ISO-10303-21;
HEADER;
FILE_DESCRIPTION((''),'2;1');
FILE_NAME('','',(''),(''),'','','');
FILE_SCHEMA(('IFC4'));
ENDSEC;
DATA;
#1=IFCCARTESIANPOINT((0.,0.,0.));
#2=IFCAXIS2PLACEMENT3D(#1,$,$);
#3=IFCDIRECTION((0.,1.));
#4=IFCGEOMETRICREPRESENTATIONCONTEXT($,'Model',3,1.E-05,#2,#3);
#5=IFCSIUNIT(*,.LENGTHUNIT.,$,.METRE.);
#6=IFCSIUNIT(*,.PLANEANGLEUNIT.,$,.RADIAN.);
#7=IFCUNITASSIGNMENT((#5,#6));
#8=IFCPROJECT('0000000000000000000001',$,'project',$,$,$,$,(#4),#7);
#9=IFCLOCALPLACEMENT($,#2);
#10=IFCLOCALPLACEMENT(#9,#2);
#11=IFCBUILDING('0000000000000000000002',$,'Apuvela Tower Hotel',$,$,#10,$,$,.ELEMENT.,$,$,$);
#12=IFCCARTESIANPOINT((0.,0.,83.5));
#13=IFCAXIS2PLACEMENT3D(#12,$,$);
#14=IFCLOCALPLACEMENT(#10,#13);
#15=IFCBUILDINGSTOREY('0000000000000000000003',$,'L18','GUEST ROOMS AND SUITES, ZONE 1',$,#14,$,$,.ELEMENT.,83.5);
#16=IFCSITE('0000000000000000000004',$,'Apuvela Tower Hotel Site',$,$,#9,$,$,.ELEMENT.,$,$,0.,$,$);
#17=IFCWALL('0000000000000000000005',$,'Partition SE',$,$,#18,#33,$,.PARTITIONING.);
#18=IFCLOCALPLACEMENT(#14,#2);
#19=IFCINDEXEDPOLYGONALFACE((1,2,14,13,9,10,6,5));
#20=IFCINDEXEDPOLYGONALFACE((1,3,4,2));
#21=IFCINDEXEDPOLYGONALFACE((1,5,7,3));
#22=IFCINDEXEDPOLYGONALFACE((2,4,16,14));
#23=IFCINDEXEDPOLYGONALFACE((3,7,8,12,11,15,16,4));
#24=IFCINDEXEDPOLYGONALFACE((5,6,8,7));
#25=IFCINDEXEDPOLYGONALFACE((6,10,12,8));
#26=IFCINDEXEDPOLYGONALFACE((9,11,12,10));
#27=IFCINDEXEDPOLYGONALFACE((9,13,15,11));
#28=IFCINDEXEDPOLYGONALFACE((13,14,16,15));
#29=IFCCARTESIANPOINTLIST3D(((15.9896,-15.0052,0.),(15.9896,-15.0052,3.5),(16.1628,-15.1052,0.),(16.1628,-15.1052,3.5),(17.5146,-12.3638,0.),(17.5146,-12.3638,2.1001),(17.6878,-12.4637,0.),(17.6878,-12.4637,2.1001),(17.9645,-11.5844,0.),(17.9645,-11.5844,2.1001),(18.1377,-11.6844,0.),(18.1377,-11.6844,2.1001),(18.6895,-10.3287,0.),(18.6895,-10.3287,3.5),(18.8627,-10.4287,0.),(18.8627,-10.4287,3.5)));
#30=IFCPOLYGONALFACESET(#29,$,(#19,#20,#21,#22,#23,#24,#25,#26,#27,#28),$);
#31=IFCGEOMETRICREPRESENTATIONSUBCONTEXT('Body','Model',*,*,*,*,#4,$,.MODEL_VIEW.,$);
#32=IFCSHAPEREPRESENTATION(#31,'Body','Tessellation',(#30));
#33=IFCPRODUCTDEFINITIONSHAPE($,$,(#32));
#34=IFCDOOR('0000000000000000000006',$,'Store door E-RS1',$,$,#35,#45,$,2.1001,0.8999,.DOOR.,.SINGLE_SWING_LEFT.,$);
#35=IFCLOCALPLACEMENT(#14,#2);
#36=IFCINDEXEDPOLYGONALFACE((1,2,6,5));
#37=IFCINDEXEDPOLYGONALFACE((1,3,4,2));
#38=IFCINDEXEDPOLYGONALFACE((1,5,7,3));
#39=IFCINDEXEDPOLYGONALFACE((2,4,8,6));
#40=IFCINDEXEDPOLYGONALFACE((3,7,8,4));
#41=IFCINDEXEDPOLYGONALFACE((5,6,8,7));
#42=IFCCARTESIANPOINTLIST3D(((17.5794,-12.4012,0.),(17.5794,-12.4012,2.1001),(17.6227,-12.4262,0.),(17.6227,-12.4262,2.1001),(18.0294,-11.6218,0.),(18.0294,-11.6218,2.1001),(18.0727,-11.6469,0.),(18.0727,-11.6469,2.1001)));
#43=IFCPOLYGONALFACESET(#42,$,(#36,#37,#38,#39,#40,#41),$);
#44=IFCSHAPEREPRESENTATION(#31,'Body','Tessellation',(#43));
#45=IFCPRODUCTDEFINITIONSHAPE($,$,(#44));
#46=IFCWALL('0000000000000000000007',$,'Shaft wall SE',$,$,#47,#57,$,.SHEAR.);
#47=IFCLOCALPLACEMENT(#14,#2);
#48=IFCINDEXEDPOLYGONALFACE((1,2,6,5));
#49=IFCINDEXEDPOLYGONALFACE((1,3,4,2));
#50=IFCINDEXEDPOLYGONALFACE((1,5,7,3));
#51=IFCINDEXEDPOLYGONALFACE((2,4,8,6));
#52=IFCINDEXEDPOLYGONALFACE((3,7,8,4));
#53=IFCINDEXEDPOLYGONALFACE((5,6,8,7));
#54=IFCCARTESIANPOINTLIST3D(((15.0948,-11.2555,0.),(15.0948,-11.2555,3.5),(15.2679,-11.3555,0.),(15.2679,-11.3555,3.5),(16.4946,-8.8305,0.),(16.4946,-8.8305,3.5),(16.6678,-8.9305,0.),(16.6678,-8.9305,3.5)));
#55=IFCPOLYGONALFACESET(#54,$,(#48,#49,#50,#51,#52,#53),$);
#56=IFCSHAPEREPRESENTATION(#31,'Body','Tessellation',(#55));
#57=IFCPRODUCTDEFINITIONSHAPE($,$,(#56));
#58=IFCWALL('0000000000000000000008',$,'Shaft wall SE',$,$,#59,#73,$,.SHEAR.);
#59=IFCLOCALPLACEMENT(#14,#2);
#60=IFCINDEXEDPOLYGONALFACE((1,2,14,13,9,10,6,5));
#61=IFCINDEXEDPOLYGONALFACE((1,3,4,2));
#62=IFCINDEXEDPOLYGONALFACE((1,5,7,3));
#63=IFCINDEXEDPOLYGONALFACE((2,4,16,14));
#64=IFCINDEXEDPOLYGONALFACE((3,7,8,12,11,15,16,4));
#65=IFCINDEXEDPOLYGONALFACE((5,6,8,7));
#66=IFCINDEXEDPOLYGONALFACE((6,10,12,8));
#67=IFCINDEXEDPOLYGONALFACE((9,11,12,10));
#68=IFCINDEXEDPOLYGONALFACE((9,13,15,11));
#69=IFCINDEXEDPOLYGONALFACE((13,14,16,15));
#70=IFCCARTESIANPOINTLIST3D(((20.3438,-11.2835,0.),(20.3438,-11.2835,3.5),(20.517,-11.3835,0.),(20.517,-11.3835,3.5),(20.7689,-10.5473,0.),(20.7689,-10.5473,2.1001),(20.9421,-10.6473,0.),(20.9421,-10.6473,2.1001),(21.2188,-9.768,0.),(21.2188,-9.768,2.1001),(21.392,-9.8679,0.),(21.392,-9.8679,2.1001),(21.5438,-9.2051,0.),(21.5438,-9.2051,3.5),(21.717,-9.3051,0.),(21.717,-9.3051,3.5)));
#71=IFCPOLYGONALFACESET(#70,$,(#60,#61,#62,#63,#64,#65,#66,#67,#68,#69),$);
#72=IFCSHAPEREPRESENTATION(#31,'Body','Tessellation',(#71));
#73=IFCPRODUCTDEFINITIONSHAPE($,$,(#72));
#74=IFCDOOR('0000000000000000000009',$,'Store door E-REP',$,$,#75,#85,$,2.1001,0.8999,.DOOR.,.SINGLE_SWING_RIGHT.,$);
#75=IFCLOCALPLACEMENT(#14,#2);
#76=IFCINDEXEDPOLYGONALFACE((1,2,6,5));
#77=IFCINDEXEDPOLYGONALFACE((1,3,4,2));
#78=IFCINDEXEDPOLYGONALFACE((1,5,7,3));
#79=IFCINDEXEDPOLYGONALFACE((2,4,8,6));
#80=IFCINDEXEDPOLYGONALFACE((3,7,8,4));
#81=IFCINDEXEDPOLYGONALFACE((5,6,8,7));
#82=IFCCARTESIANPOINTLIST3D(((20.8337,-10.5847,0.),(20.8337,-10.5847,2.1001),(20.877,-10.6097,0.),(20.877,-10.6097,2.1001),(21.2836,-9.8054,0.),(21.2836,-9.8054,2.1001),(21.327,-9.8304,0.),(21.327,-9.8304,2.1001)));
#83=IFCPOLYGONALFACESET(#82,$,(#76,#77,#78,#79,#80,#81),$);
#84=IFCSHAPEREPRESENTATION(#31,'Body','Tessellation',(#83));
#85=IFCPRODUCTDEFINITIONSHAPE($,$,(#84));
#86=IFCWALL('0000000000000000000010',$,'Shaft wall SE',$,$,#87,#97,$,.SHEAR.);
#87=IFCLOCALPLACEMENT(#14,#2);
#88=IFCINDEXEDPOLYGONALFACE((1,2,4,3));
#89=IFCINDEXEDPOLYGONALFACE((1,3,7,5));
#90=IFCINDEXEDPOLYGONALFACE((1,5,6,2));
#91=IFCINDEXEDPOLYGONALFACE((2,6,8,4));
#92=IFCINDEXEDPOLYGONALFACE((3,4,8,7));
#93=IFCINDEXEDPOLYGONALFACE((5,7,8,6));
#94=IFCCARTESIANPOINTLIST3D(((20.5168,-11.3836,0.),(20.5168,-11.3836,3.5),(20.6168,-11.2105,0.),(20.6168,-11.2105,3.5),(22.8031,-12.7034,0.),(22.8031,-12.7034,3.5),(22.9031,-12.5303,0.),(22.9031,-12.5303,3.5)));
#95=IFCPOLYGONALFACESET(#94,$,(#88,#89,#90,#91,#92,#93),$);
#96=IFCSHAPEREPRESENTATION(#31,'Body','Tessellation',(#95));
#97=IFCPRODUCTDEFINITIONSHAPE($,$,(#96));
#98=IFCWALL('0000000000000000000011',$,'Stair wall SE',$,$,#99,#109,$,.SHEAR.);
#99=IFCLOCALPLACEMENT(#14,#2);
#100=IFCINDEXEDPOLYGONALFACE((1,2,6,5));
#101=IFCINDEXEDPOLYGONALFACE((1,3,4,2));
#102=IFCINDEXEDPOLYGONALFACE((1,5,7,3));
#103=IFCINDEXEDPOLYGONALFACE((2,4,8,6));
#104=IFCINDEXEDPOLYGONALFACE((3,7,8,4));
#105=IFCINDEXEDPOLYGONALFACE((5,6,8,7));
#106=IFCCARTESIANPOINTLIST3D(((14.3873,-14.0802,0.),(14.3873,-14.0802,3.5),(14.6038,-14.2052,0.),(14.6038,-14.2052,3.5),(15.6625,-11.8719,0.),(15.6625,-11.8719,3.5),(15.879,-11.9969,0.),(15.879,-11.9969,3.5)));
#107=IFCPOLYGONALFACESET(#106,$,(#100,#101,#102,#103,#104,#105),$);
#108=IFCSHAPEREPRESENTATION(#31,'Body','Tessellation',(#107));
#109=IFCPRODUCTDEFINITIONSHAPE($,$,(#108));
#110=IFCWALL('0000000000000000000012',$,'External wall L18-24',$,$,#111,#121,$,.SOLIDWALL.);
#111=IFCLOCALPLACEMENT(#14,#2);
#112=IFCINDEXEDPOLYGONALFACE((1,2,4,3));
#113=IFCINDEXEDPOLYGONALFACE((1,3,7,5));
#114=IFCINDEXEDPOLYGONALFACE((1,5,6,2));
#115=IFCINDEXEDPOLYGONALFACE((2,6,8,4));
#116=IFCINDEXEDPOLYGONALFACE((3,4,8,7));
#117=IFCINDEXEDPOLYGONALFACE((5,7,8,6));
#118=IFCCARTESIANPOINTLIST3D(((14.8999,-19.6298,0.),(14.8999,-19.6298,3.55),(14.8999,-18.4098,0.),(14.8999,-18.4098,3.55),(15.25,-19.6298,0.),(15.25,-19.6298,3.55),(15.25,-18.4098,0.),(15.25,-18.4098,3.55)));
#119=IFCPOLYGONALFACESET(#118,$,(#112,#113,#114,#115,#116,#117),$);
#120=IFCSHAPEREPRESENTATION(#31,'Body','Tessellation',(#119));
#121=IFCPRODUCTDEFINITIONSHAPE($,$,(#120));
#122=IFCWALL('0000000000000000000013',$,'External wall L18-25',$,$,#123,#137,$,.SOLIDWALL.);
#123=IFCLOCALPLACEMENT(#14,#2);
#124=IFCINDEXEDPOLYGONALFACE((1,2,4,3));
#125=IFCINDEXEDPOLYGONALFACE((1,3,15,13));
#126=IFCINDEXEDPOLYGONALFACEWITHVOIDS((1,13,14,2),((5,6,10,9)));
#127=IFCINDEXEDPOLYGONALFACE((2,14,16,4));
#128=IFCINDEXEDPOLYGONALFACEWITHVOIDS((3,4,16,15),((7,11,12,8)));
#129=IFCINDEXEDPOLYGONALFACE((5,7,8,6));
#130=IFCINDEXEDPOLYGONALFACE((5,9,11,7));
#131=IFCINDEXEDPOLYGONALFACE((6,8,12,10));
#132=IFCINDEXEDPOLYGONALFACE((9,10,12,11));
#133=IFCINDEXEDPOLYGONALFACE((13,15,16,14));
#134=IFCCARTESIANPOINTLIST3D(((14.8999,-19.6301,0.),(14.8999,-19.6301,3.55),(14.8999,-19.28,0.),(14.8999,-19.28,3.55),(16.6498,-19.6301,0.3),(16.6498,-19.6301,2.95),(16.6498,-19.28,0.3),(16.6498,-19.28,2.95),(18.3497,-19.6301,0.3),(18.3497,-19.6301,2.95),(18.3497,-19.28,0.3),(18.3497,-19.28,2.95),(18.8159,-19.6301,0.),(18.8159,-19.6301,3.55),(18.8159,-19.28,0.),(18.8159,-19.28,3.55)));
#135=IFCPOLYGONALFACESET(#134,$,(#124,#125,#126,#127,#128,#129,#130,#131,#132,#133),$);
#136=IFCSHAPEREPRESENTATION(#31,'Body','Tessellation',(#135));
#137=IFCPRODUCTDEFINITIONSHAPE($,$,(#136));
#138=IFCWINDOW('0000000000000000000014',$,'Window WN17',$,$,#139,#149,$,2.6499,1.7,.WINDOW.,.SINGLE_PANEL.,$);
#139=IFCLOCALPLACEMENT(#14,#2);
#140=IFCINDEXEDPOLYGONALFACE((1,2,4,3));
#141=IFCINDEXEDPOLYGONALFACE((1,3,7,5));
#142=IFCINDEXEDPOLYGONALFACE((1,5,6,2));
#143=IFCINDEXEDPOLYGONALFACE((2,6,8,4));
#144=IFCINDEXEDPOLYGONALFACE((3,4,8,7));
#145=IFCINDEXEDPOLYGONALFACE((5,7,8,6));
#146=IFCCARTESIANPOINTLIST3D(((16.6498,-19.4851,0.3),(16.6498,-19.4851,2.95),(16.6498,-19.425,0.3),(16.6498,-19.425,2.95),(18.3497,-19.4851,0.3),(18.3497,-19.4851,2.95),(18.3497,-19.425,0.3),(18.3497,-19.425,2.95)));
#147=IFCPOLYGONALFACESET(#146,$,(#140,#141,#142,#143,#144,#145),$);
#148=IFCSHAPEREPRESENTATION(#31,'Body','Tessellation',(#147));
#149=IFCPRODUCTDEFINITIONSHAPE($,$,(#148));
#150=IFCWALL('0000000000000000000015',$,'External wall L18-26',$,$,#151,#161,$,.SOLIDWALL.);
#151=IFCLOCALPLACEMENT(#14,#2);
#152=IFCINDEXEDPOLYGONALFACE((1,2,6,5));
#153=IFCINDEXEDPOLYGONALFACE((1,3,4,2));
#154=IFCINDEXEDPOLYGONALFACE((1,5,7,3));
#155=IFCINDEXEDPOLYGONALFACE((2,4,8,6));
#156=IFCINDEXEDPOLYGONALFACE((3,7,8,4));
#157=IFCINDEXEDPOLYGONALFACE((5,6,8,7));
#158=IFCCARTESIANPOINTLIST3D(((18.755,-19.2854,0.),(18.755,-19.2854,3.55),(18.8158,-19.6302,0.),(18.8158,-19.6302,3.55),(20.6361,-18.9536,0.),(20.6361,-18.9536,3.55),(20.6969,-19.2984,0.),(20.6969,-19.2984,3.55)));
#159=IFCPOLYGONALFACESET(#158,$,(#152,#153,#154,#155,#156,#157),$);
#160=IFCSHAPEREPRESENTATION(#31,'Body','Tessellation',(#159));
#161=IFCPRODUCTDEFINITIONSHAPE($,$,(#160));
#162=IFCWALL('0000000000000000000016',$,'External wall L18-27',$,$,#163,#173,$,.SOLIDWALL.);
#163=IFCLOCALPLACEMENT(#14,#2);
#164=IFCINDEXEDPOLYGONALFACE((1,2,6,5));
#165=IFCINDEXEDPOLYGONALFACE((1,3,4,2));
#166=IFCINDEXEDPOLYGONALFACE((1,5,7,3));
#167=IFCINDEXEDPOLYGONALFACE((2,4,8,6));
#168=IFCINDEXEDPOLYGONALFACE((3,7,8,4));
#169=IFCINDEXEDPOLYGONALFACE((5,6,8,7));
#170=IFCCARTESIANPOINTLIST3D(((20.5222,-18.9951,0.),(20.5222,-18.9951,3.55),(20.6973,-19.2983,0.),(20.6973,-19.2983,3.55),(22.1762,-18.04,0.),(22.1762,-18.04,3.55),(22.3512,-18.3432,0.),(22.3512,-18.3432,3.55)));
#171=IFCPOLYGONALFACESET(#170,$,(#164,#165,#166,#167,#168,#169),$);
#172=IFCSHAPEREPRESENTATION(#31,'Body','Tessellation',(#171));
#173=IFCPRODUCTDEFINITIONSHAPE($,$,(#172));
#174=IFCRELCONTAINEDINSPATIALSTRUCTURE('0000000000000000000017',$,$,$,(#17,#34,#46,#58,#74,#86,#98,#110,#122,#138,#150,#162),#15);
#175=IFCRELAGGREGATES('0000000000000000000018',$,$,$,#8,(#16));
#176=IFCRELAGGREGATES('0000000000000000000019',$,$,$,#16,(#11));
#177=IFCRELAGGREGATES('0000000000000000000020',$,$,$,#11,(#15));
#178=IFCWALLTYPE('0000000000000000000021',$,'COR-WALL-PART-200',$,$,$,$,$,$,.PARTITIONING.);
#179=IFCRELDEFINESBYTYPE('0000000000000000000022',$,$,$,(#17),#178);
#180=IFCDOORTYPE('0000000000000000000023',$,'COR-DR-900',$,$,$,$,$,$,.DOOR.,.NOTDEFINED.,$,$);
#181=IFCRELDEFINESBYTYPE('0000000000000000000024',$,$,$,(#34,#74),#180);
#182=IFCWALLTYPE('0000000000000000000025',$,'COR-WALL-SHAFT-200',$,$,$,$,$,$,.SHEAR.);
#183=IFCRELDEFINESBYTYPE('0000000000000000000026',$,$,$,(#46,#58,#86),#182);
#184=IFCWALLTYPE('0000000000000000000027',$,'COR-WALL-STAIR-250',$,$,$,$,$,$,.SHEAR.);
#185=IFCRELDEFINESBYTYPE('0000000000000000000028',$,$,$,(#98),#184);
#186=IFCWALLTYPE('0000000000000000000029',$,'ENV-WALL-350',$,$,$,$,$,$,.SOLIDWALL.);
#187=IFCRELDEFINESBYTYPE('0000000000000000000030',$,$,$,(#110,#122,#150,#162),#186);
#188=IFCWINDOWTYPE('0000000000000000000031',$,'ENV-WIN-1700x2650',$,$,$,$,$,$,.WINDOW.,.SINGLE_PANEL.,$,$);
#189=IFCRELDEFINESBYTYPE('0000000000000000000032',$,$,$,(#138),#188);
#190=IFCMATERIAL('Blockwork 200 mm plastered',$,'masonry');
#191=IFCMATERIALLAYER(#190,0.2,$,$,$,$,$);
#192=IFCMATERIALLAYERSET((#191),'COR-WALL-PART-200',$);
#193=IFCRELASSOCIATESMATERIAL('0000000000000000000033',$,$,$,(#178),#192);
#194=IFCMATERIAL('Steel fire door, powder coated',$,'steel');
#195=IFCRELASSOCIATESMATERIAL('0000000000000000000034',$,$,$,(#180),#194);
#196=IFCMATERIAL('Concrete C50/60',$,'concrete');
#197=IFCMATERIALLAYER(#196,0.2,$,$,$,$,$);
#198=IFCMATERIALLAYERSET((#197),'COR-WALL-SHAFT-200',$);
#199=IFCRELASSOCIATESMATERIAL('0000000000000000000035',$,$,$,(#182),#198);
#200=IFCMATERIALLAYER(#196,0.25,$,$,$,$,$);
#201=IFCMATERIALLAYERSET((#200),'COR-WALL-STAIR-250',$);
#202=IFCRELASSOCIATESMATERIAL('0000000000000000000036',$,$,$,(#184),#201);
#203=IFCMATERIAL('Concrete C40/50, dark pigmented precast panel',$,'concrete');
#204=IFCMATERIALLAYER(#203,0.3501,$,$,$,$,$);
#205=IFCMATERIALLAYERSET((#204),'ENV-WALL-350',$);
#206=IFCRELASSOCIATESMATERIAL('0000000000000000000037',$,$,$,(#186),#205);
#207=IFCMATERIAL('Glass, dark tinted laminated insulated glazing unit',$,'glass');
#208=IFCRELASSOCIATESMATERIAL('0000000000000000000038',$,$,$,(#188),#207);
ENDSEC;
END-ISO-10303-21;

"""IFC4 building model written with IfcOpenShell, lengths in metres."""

from ifc_helpers import new_model, si_unit, direction, frame, frame_2d, origin, place, context, subcontext, project, spatial, rectangle, extrude, material, layer, layer_set, type_object, element, fill, save


model = new_model("IFC4")

# Units and contexts
model_context = context("Model", 3, precision=1e-05, world=origin(), true_north=direction((0.0, 1.0)))
body_context = subcontext(model_context, "Body", "Model", "MODEL_VIEW")
ifc_project = project(units=[si_unit("LENGTHUNIT", "METRE"), si_unit("PLANEANGLEUNIT", "RADIAN")], contexts=[model_context])

# Site, building, storey
site_placement = place(None, origin())
site = spatial("IfcSite", under=ifc_project, at=site_placement, Name="Apuvela Tower Hotel Site", CompositionType="ELEMENT", RefElevation=0.0)
building_placement = place(site_placement, origin())
building = spatial("IfcBuilding", under=site, at=building_placement, Name="Apuvela Tower Hotel", CompositionType="ELEMENT")
storey_placement = place(building_placement, frame((0.0, 0.0, 83.5)))
storey = spatial("IfcBuildingStorey", under=building, at=storey_placement, Name="L18", Description="GUEST ROOMS AND SUITES, ZONE 1", CompositionType="ELEMENT", Elevation=83.5)

# Wall, opening, door
ifc_material_1 = material(Name="Blockwork 200 mm plastered", Category="masonry")
ifc_layer_1 = layer(ifc_material_1, 0.2)
ifc_layer_set_1 = layer_set([ifc_layer_1], Name="COR-WALL-PART-200")
wall_type_1 = type_object("IfcWallType", Name="COR-WALL-PART-200", PredefinedType="PARTITIONING", material=ifc_layer_set_1)
wall_1_placement = place(storey_placement, frame((16.0762, -15.0552, 0.0), z_axis=(0.0, 0.0, 1.0), x_axis=(0.499995, 0.866028, 0.0)))
wall_1 = element("IfcWall", 1, at=wall_1_placement, inside=storey, type_object=wall_type_1, Name="Partition SE", PredefinedType="PARTITIONING", context=body_context, shape_type="SweptSolid", body=[
    extrude(rectangle(XDim=5.3999, YDim=0.2, at=frame_2d((2.7, 0.0))), origin(), (0.0, 0.0, 1.0), 3.5),
])
opening_1_placement = place(wall_1_placement, frame((3.05, 0.0, 0.0)))
opening_1 = element("IfcOpeningElement", 2, at=opening_1_placement, cuts=wall_1, PredefinedType="OPENING", context=body_context, shape_type="SweptSolid", body=[
    extrude(rectangle(XDim=0.8999, YDim=2.1001, at=frame_2d((0.45, 1.05))), frame((0.0, 0.1099, 0.0), z_axis=(0.0, -1.0, 0.0), x_axis=(1.0, 0.0, 0.0)), (0.0, 0.0, 1.0), 0.22),
])
ifc_material_2 = material(Name="Steel fire door, powder coated", Category="steel")
door_type_1 = type_object("IfcDoorType", Name="COR-DR-900", OperationType="NOTDEFINED", PredefinedType="DOOR", material=ifc_material_2)
door_1_placement = place(opening_1_placement, frame((0.8999, 0.0, 0.0), z_axis=(0.0, 0.0, 1.0), x_axis=(-1.0, 0.0, 0.0)))
door_1 = element("IfcDoor", 3, at=door_1_placement, inside=storey, type_object=door_type_1, Name="Store door E-RS1", OperationType="SINGLE_SWING_LEFT", OverallHeight=2.1001, OverallWidth=0.8999, PredefinedType="DOOR", context=body_context, shape_type="SweptSolid", body=[
    extrude(rectangle(XDim=0.8999, YDim=2.1001, at=frame_2d((0.45, 1.05))), frame((0.0, 0.0249, 0.0), z_axis=(0.0, -1.0, 0.0), x_axis=(1.0, 0.0, 0.0)), (0.0, 0.0, 1.0), 0.05),
])
fill(opening_1, door_1)

# Wall
ifc_material_3 = material(Name="Concrete C50/60", Category="concrete")
ifc_layer_2 = layer(ifc_material_3, 0.2)
ifc_layer_set_2 = layer_set([ifc_layer_2], Name="COR-WALL-SHAFT-200")
wall_type_2 = type_object("IfcWallType", Name="COR-WALL-SHAFT-200", PredefinedType="SHEAR", material=ifc_layer_set_2)
wall_2_placement = place(storey_placement, frame((15.1814, -11.3054, 0.0), z_axis=(0.0, 0.0, 1.0), x_axis=(0.499946, 0.866056, 0.0)))
element("IfcWall", 4, at=wall_2_placement, inside=storey, type_object=wall_type_2, Name="Shaft wall SE", PredefinedType="SHEAR", context=body_context, shape_type="SweptSolid", body=[
    extrude(rectangle(XDim=2.8, YDim=0.2, at=frame_2d((1.3999, 0.0))), origin(), (0.0, 0.0, 1.0), 3.5),
])

# Wall, opening, door
wall_3_placement = place(storey_placement, frame((20.4304, -11.3335, 0.0), z_axis=(0.0, 0.0, 1.0), x_axis=(0.500001, 0.866025, 0.0)))
wall_3 = element("IfcWall", 5, at=wall_3_placement, inside=storey, type_object=wall_type_2, Name="Shaft wall SE", PredefinedType="SHEAR", context=body_context, shape_type="SweptSolid", body=[
    extrude(rectangle(XDim=2.3999, YDim=0.2, at=frame_2d((1.2, 0.0))), origin(), (0.0, 0.0, 1.0), 3.5),
])
opening_2_placement = place(wall_3_placement, frame((0.8501, 0.0, 0.0)))
opening_2 = element("IfcOpeningElement", 6, at=opening_2_placement, cuts=wall_3, PredefinedType="OPENING", context=body_context, shape_type="SweptSolid", body=[
    extrude(rectangle(XDim=0.8999, YDim=2.1001, at=frame_2d((0.45, 1.05))), frame((0.0, 0.1099, 0.0), z_axis=(0.0, -1.0, 0.0), x_axis=(1.0, 0.0, 0.0)), (0.0, 0.0, 1.0), 0.22),
])
door_2_placement = place(opening_2_placement, frame((0.8999, 0.0, 0.0), z_axis=(0.0, 0.0, 1.0), x_axis=(-1.0, 0.0, 0.0)))
door_2 = element("IfcDoor", 7, at=door_2_placement, inside=storey, type_object=door_type_1, Name="Store door E-REP", OperationType="SINGLE_SWING_RIGHT", OverallHeight=2.1001, OverallWidth=0.8999, PredefinedType="DOOR", context=body_context, shape_type="SweptSolid", body=[
    extrude(rectangle(XDim=0.8999, YDim=2.1001, at=frame_2d((0.45, 1.05))), frame((0.0, 0.0249, 0.0), z_axis=(0.0, -1.0, 0.0), x_axis=(1.0, 0.0, 0.0)), (0.0, 0.0, 1.0), 0.05),
])
fill(opening_2, door_2)

# Walls
wall_4_placement = place(storey_placement, frame((20.5669, -11.2971, 0.0), z_axis=(0.0, 0.0, 1.0), x_axis=(0.866061, -0.499939, 0.0)))
element("IfcWall", 8, at=wall_4_placement, inside=storey, type_object=wall_type_2, Name="Shaft wall SE", PredefinedType="SHEAR", context=body_context, shape_type="SweptSolid", body=[
    extrude(rectangle(XDim=2.6399, YDim=0.2, at=frame_2d((1.3198, 0.0))), origin(), (0.0, 0.0, 1.0), 3.5),
])
ifc_layer_3 = layer(ifc_material_3, 0.25)
ifc_layer_set_3 = layer_set([ifc_layer_3], Name="COR-WALL-STAIR-250")
wall_type_3 = type_object("IfcWallType", Name="COR-WALL-STAIR-250", PredefinedType="SHEAR", material=ifc_layer_set_3)
wall_5_placement = place(storey_placement, frame((14.4956, -14.1426, 0.0), z_axis=(0.0, 0.0, 1.0), x_axis=(0.500062, 0.865989, 0.0)))
element("IfcWall", 9, at=wall_5_placement, inside=storey, type_object=wall_type_3, Name="Stair wall SE", PredefinedType="SHEAR", context=body_context, shape_type="SweptSolid", body=[
    extrude(rectangle(XDim=2.55, YDim=0.25, at=frame_2d((1.2749, 0.0))), origin(), (0.0, 0.0, 1.0), 3.5),
])
ifc_material_4 = material(Name="Concrete C40/50, dark pigmented precast panel", Category="concrete")
ifc_layer_4 = layer(ifc_material_4, 0.3501)
ifc_layer_set_4 = layer_set([ifc_layer_4], Name="ENV-WALL-350")
wall_type_4 = type_object("IfcWallType", Name="ENV-WALL-350", PredefinedType="SOLIDWALL", material=ifc_layer_set_4)
wall_6_placement = place(storey_placement, frame((15.075, -18.4099, 0.0), z_axis=(0.0, 0.0, 1.0), x_axis=(0.0, -1.0, 0.0)))
element("IfcWall", 10, at=wall_6_placement, inside=storey, type_object=wall_type_4, Name="External wall L18-24", PredefinedType="SOLIDWALL", context=body_context, shape_type="SweptSolid", body=[
    extrude(rectangle(XDim=1.22, YDim=0.3501, at=frame_2d((0.6099, 0.0))), origin(), (0.0, 0.0, 1.0), 3.55),
])

# Wall, opening, window
wall_7_placement = place(storey_placement, frame((14.8999, -19.4551, 0.0), z_axis=(0.0, 0.0, 1.0), x_axis=(1.0, 0.0, 0.0)))
wall_7 = element("IfcWall", 11, at=wall_7_placement, inside=storey, type_object=wall_type_4, Name="External wall L18-25", PredefinedType="SOLIDWALL", context=body_context, shape_type="SweptSolid", body=[
    extrude(rectangle(XDim=3.916, YDim=0.3501, at=frame_2d((1.958, 0.0))), origin(), (0.0, 0.0, 1.0), 3.55),
])
opening_3_placement = place(wall_7_placement, frame((1.7498, 0.0, 0.3)))
opening_3 = element("IfcOpeningElement", 12, at=opening_3_placement, cuts=wall_7, PredefinedType="OPENING", context=body_context, shape_type="SweptSolid", body=[
    extrude(rectangle(XDim=1.7, YDim=2.6499, at=frame_2d((0.8501, 1.325))), frame((0.0, 0.1851, 0.0), z_axis=(0.0, -1.0, 0.0), x_axis=(1.0, 0.0, 0.0)), (0.0, 0.0, 1.0), 0.3701),
])
ifc_material_5 = material(Name="Glass, dark tinted laminated insulated glazing unit", Category="glass")
window_type = type_object("IfcWindowType", Name="ENV-WIN-1700x2650", PartitioningType="SINGLE_PANEL", PredefinedType="WINDOW", material=ifc_material_5)
window_placement = place(opening_3_placement, origin())
window = element("IfcWindow", 13, at=window_placement, inside=storey, type_object=window_type, Name="Window WN17", OverallHeight=2.6499, OverallWidth=1.7, PartitioningType="SINGLE_PANEL", PredefinedType="WINDOW", context=body_context, shape_type="SweptSolid", body=[
    extrude(rectangle(XDim=1.7, YDim=2.6499, at=frame_2d((0.8501, 1.325))), frame((0.0, 0.03, 0.0), z_axis=(0.0, -1.0, 0.0), x_axis=(1.0, 0.0, 0.0)), (0.0, 0.0, 1.0), 0.0601),
])
fill(opening_3, window)

# Walls
wall_8_placement = place(storey_placement, frame((18.7854, -19.4578, 0.0), z_axis=(0.0, 0.0, 1.0), x_axis=(0.984799, 0.173698, 0.0)))
element("IfcWall", 14, at=wall_8_placement, inside=storey, type_object=wall_type_4, Name="External wall L18-26", PredefinedType="SOLIDWALL", context=body_context, shape_type="SweptSolid", body=[
    extrude(rectangle(XDim=1.9102, YDim=0.3501, at=frame_2d((0.9551, 0.0))), origin(), (0.0, 0.0, 1.0), 3.55),
])
for number, where, z_axis, x_axis, name in (
    (15, (20.6096, -19.1467, 0.0), (0.0, 0.0, 1.0), (0.866, 0.500043, 0.0), "External wall L18-27"),
):
    element("IfcWall", number, at=place(storey_placement, frame(where, z_axis=z_axis, x_axis=x_axis)), inside=storey, type_object=wall_type_4, Name=name, PredefinedType="SOLIDWALL", context=body_context, shape_type="SweptSolid", body=[
        extrude(rectangle(XDim=1.9099, YDim=0.3501, at=frame_2d((0.9551, 0.0))), origin(), (0.0, 0.0, 1.0), 3.55),
    ])

save(model, "model.ifc")
